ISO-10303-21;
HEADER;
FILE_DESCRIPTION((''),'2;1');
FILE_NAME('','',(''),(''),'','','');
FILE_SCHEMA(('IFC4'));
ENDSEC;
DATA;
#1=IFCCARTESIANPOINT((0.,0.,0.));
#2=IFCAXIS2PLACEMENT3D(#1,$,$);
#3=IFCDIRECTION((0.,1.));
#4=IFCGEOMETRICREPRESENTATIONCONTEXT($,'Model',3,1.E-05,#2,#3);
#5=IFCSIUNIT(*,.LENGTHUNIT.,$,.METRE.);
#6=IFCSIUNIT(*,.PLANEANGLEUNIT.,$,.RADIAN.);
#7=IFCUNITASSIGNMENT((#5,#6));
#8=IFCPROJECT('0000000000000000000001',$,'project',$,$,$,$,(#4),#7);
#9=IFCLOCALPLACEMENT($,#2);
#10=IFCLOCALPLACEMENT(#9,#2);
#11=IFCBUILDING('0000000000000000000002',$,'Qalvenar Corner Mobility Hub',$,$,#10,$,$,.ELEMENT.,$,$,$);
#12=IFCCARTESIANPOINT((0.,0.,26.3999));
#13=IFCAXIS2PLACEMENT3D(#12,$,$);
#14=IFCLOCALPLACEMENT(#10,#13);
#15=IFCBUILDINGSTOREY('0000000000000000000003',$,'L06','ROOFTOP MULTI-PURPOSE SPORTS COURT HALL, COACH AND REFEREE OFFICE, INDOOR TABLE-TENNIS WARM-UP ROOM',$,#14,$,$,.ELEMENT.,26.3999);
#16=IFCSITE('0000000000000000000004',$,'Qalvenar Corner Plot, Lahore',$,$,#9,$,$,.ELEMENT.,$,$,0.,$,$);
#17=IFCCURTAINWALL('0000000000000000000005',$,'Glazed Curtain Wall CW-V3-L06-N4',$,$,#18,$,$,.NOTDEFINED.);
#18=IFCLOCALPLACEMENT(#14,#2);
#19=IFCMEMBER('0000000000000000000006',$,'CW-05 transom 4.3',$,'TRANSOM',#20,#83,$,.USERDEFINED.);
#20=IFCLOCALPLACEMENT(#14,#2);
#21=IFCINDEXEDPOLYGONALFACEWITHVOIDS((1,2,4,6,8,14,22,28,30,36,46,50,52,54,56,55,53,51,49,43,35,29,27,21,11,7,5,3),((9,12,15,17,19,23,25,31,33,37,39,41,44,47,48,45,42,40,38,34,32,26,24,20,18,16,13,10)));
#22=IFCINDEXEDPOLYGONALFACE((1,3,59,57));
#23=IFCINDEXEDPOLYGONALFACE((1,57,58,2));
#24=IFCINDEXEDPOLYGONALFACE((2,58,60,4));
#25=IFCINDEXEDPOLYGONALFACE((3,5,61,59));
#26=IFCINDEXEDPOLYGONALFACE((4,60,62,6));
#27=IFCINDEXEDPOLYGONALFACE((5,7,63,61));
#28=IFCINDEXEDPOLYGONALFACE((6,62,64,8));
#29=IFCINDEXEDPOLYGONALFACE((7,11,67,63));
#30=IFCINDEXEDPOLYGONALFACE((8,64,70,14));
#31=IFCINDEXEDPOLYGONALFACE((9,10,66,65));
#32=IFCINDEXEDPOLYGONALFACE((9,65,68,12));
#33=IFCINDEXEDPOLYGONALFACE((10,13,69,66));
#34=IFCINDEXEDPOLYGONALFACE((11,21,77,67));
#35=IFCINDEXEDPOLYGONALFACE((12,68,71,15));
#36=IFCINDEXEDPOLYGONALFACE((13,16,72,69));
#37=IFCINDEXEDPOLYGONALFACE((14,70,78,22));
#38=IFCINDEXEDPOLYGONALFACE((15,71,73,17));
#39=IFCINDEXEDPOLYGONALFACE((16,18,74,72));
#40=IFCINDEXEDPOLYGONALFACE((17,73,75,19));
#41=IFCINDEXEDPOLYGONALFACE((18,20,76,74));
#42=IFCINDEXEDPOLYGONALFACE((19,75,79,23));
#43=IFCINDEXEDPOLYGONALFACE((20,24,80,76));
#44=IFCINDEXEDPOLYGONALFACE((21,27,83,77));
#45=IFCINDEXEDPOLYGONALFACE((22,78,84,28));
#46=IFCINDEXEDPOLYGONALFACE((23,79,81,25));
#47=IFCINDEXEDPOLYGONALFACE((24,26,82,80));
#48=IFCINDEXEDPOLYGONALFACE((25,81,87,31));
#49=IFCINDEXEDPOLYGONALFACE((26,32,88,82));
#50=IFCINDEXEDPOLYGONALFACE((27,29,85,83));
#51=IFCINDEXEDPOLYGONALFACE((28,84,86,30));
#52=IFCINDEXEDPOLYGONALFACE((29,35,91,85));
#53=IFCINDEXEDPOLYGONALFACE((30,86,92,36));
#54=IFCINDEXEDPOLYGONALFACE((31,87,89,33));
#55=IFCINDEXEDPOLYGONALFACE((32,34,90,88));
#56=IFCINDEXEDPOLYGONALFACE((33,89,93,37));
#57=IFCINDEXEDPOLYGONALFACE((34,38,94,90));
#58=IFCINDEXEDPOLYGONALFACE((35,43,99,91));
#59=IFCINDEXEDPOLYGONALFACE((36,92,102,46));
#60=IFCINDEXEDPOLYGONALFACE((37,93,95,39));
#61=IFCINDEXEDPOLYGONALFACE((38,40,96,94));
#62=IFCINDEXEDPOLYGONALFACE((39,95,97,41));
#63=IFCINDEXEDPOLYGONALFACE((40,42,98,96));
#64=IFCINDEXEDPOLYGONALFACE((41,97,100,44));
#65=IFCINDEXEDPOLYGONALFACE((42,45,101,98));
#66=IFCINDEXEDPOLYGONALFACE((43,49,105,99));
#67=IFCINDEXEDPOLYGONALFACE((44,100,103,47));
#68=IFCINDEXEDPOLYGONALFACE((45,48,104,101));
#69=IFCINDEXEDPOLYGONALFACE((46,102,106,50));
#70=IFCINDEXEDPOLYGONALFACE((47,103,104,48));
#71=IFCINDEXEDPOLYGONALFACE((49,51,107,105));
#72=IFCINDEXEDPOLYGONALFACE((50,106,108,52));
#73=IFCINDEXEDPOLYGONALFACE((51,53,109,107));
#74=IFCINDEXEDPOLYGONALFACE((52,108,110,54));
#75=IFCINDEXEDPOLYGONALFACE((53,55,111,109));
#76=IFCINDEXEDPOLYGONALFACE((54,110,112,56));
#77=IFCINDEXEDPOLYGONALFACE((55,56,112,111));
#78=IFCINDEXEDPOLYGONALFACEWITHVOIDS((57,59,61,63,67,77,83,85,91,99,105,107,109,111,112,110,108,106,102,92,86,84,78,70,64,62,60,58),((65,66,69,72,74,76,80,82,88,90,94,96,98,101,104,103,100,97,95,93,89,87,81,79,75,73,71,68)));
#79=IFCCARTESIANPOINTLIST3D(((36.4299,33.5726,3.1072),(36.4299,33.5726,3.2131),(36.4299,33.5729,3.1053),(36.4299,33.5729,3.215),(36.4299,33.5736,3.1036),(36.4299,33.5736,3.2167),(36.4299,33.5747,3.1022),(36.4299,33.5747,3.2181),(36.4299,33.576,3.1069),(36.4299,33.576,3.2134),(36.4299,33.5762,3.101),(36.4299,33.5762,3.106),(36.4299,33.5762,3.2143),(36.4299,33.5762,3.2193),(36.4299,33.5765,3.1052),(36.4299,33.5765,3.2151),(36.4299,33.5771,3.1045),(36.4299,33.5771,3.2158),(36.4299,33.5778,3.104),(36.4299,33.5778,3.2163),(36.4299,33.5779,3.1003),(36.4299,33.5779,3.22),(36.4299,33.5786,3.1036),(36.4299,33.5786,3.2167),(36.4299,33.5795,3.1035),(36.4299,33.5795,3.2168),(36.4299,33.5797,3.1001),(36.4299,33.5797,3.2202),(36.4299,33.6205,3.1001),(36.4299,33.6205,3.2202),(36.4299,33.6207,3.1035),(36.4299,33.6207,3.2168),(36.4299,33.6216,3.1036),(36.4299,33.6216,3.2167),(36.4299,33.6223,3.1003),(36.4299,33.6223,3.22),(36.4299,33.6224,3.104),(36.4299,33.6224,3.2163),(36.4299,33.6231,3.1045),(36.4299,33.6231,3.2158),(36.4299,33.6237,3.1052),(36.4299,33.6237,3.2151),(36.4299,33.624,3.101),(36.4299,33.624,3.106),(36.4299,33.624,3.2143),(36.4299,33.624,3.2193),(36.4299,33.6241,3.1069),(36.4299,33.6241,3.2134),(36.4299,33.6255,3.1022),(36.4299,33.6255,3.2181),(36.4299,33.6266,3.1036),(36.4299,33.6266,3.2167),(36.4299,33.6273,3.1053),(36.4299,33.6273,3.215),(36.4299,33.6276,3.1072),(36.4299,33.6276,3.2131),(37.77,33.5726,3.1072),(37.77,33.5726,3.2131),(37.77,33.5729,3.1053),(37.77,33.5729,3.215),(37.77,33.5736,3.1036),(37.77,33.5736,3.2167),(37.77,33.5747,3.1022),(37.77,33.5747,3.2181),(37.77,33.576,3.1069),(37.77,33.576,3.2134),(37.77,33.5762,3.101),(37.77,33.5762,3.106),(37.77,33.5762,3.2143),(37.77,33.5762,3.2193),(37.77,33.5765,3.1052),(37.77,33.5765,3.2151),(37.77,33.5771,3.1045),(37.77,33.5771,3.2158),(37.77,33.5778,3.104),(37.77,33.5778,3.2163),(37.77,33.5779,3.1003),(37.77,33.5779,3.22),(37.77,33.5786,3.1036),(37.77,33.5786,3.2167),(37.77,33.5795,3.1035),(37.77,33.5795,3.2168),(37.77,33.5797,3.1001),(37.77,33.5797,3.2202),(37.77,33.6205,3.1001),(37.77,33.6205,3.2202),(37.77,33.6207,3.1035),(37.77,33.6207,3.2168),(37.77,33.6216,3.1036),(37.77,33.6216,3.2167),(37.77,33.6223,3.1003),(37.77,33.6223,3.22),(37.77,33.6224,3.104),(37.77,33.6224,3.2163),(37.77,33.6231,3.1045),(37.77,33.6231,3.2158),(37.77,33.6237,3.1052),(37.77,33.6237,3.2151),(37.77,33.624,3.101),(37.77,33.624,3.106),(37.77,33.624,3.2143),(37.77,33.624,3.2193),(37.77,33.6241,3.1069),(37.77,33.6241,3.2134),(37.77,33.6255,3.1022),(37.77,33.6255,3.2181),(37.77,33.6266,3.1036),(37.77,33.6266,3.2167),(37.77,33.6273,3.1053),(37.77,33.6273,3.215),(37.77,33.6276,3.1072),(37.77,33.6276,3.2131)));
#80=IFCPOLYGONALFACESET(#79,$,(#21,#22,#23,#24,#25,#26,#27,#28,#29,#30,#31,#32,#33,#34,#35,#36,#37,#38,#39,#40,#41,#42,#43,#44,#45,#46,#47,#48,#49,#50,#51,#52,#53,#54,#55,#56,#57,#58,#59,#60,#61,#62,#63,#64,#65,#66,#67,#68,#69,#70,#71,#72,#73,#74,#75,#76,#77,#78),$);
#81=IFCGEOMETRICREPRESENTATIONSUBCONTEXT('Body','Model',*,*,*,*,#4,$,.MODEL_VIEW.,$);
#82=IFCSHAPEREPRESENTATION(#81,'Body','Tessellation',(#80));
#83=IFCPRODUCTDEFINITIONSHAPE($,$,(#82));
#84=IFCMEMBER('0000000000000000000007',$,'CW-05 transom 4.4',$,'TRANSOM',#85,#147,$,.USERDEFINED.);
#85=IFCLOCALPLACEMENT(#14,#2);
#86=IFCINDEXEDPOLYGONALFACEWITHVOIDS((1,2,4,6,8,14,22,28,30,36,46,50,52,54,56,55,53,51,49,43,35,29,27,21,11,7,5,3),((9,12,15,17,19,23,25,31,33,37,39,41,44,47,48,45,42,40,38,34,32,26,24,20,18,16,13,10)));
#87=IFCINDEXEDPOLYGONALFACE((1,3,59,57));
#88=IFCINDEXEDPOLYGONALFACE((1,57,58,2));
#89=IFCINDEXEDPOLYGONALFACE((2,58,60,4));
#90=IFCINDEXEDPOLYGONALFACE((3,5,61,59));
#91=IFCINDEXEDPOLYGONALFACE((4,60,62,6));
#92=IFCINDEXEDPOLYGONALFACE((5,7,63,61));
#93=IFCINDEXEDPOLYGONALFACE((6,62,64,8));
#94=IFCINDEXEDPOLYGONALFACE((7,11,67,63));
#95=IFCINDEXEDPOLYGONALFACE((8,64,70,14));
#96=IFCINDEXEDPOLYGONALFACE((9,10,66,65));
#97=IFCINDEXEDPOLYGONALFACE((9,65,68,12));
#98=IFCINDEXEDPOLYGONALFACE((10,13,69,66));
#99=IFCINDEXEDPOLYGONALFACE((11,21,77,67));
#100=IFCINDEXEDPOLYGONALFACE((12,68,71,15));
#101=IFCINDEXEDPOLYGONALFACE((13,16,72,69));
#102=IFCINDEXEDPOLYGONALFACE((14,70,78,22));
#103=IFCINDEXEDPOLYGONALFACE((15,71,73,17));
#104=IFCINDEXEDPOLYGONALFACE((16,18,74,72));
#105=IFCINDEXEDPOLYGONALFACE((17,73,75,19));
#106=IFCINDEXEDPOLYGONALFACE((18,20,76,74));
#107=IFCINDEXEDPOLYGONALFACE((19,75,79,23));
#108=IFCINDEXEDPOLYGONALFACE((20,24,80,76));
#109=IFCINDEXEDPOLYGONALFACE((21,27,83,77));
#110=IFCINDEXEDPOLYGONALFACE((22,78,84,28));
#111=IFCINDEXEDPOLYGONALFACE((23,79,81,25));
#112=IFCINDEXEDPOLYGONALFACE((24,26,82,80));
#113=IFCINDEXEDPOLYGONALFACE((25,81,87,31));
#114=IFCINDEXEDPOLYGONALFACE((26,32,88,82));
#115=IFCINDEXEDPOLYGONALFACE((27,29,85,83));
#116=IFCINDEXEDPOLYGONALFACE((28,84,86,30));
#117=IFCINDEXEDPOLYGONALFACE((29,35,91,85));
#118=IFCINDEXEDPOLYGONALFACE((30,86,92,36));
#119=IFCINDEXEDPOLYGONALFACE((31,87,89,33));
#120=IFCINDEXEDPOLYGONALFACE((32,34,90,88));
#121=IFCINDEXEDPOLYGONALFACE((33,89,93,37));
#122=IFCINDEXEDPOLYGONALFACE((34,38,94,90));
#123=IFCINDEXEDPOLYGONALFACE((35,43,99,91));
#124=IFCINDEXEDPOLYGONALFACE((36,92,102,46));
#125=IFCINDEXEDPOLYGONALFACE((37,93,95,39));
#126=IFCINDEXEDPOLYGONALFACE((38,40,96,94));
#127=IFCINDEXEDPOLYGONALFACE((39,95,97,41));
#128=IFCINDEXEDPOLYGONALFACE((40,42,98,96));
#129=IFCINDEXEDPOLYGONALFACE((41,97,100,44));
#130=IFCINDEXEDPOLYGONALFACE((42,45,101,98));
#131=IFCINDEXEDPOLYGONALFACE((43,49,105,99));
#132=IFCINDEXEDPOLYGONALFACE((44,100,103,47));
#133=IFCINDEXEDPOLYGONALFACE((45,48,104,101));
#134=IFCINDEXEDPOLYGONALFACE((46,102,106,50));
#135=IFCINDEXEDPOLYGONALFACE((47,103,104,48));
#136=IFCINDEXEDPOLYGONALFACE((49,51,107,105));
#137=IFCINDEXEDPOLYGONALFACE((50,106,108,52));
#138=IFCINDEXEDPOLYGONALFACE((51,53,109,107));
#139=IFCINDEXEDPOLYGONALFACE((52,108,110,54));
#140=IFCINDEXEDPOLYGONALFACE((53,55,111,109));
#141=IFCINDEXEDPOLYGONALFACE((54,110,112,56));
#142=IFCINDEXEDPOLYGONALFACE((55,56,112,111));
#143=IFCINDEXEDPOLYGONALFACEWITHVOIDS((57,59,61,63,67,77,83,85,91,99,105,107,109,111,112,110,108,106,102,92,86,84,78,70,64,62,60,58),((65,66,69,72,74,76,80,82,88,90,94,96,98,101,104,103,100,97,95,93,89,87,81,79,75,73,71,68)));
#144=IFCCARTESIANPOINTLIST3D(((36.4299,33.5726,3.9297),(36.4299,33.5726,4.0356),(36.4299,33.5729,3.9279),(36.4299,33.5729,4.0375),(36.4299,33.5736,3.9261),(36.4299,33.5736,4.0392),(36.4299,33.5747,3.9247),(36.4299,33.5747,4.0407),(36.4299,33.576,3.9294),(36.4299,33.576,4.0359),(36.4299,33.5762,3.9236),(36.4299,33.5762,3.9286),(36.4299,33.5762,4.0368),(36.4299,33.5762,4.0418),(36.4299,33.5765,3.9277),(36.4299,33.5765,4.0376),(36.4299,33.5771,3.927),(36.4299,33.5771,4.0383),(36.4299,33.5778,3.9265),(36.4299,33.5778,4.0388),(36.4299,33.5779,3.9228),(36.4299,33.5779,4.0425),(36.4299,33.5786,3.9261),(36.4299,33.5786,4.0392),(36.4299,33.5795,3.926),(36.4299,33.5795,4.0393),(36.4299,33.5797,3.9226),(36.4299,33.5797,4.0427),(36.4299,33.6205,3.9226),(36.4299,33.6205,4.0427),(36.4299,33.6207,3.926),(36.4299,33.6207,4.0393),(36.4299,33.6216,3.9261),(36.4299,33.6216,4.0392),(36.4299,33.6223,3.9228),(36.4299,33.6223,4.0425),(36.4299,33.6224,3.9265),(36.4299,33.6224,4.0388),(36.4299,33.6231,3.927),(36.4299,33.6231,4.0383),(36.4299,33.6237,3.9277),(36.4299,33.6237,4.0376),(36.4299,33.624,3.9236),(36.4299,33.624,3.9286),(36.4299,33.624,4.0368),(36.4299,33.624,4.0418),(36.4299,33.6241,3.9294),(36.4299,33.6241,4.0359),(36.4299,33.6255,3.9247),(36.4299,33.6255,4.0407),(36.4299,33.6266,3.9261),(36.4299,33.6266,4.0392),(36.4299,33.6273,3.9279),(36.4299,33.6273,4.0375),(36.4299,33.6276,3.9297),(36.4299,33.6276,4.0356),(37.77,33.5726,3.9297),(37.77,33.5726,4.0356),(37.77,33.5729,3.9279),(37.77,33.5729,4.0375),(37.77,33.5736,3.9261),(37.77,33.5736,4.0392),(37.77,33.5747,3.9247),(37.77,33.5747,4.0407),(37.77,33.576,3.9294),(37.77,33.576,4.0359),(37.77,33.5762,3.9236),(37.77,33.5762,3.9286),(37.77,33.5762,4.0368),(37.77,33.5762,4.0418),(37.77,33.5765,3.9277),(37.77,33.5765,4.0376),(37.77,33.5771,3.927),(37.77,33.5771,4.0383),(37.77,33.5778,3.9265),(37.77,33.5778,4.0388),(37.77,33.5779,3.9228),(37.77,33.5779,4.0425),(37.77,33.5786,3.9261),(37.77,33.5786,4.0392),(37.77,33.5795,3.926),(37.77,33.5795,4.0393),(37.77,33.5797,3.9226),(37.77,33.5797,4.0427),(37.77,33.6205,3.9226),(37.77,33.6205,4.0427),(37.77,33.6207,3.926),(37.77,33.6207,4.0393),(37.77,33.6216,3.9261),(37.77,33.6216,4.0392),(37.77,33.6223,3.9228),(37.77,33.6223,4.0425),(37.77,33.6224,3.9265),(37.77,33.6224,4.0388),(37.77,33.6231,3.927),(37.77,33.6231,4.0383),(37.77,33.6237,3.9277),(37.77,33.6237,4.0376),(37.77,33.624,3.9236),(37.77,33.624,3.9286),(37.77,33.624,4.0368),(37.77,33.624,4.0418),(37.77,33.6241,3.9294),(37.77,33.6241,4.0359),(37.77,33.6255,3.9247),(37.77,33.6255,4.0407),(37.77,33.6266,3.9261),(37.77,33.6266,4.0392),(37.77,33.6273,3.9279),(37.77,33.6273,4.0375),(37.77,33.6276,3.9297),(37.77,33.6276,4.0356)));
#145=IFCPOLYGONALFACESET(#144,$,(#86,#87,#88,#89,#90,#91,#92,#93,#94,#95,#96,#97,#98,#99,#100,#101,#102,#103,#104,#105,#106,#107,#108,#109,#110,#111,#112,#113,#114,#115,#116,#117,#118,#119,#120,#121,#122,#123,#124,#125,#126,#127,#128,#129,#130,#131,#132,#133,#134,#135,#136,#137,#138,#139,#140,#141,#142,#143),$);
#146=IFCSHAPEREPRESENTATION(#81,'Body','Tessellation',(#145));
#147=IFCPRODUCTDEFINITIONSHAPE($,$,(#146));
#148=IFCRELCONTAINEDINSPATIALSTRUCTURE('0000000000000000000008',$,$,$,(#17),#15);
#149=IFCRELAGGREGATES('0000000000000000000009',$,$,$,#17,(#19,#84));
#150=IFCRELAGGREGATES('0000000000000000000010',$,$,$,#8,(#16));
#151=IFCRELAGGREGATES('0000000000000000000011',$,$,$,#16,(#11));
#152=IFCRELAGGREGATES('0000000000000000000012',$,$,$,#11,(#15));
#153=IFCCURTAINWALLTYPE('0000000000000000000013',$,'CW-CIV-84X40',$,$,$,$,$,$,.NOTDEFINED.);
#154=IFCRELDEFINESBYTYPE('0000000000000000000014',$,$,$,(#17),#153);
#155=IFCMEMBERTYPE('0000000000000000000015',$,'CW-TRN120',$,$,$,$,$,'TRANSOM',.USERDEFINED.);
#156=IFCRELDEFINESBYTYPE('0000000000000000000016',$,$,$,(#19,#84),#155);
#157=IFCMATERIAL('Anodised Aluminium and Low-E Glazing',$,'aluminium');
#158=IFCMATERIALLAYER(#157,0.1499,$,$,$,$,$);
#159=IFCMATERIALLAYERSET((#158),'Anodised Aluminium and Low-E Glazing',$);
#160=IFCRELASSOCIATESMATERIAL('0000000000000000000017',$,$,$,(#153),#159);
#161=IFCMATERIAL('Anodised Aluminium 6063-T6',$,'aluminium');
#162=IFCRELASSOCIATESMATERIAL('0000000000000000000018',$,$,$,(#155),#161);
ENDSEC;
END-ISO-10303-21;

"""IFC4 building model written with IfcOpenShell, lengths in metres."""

from ifc_helpers import new_model, si_unit, direction, frame, origin, origin_2d, place, context, subcontext, project, spatial, hollow_rectangle, extrude, material, layer, layer_set, material_profile, profile_set, type_object, element, aggregate, save


model = new_model("IFC4")

# Units and contexts
model_context = context("Model", 3, precision=1e-05, world=origin(), true_north=direction((0.0, 1.0)))
body_context = subcontext(model_context, "Body", "Model", "MODEL_VIEW")
ifc_project = project(units=[si_unit("LENGTHUNIT", "METRE"), si_unit("PLANEANGLEUNIT", "RADIAN")], contexts=[model_context])

# Site, building, storey
site_placement = place(None, origin())
site = spatial("IfcSite", under=ifc_project, at=site_placement, Name="Qalvenar Corner Plot, Lahore", CompositionType="ELEMENT", RefElevation=0.0)
building_placement = place(site_placement, origin())
building = spatial("IfcBuilding", under=site, at=building_placement, Name="Qalvenar Corner Mobility Hub", CompositionType="ELEMENT")
storey_placement = place(building_placement, frame((0.0, 0.0, 26.3999)))
storey = spatial("IfcBuildingStorey", under=building, at=storey_placement, Name="L06", Description="ROOFTOP MULTI-PURPOSE SPORTS COURT HALL, COACH AND REFEREE OFFICE, INDOOR TABLE-TENNIS WARM-UP ROOM", CompositionType="ELEMENT", Elevation=26.3999)

# Curtain wall, members
ifc_material_1 = material(Name="Anodised Aluminium and Low-E Glazing", Category="aluminium")
ifc_layer_1 = layer(ifc_material_1, 0.1499)
ifc_layer_set_1 = layer_set([ifc_layer_1], Name="Anodised Aluminium and Low-E Glazing")
curtain_wall_type = type_object("IfcCurtainWallType", Name="CW-CIV-84X40", PredefinedType="NOTDEFINED", material=ifc_layer_set_1)
curtain_wall_placement = place(storey_placement, origin())
curtain_wall = element("IfcCurtainWall", 1, at=curtain_wall_placement, inside=storey, type_object=curtain_wall_type, Name="Glazed Curtain Wall CW-V3-L06-N4", PredefinedType="NOTDEFINED")
ifc_material_2 = material(Name="Anodised Aluminium 6063-T6", Category="aluminium")
ifc_material_profile_1 = material_profile(ifc_material_2, hollow_rectangle(XDim=0.0549, YDim=0.1201, WallThickness=0.0034, InnerFilletRadius=0.0034, OuterFilletRadius=0.0071, at=origin_2d()), Name="RHS120x55x3.5")
ifc_profile_set_1 = profile_set([ifc_material_profile_1], Name="Anodised Aluminium 6063-T6")
member_type_1 = type_object("IfcMemberType", Name="CW-TRN120", ElementType="TRANSOM", PredefinedType="USERDEFINED", material=ifc_profile_set_1)
member_1_placement = place(storey_placement, frame((37.77, 33.6001, 3.1602), z_axis=(-1.0, 0.0, 0.0), x_axis=(0.0, -1.0, 0.0)))
member_1 = element("IfcMember", 2, at=member_1_placement, type_object=member_type_1, Name="CW-05 transom 4.3", ObjectType="TRANSOM", PredefinedType="USERDEFINED", context=body_context, shape_type="SweptSolid", body=[
    extrude(hollow_rectangle(XDim=0.0549, YDim=0.1201, WallThickness=0.0034, InnerFilletRadius=0.0034, OuterFilletRadius=0.0071, at=origin_2d()), origin(), (0.0, 0.0, 1.0), 1.3401),
])
member_2_placement = place(storey_placement, frame((37.77, 33.6001, 3.9827), z_axis=(-1.0, 0.0, 0.0), x_axis=(0.0, -1.0, 0.0)))
member_2 = element("IfcMember", 3, at=member_2_placement, type_object=member_type_1, Name="CW-05 transom 4.4", ObjectType="TRANSOM", PredefinedType="USERDEFINED", context=body_context, shape_type="SweptSolid", body=[
    extrude(hollow_rectangle(XDim=0.0549, YDim=0.1201, WallThickness=0.0034, InnerFilletRadius=0.0034, OuterFilletRadius=0.0071, at=origin_2d()), origin(), (0.0, 0.0, 1.0), 1.3401),
])
aggregate(curtain_wall, [member_1, member_2])

save(model, "model.ifc")
